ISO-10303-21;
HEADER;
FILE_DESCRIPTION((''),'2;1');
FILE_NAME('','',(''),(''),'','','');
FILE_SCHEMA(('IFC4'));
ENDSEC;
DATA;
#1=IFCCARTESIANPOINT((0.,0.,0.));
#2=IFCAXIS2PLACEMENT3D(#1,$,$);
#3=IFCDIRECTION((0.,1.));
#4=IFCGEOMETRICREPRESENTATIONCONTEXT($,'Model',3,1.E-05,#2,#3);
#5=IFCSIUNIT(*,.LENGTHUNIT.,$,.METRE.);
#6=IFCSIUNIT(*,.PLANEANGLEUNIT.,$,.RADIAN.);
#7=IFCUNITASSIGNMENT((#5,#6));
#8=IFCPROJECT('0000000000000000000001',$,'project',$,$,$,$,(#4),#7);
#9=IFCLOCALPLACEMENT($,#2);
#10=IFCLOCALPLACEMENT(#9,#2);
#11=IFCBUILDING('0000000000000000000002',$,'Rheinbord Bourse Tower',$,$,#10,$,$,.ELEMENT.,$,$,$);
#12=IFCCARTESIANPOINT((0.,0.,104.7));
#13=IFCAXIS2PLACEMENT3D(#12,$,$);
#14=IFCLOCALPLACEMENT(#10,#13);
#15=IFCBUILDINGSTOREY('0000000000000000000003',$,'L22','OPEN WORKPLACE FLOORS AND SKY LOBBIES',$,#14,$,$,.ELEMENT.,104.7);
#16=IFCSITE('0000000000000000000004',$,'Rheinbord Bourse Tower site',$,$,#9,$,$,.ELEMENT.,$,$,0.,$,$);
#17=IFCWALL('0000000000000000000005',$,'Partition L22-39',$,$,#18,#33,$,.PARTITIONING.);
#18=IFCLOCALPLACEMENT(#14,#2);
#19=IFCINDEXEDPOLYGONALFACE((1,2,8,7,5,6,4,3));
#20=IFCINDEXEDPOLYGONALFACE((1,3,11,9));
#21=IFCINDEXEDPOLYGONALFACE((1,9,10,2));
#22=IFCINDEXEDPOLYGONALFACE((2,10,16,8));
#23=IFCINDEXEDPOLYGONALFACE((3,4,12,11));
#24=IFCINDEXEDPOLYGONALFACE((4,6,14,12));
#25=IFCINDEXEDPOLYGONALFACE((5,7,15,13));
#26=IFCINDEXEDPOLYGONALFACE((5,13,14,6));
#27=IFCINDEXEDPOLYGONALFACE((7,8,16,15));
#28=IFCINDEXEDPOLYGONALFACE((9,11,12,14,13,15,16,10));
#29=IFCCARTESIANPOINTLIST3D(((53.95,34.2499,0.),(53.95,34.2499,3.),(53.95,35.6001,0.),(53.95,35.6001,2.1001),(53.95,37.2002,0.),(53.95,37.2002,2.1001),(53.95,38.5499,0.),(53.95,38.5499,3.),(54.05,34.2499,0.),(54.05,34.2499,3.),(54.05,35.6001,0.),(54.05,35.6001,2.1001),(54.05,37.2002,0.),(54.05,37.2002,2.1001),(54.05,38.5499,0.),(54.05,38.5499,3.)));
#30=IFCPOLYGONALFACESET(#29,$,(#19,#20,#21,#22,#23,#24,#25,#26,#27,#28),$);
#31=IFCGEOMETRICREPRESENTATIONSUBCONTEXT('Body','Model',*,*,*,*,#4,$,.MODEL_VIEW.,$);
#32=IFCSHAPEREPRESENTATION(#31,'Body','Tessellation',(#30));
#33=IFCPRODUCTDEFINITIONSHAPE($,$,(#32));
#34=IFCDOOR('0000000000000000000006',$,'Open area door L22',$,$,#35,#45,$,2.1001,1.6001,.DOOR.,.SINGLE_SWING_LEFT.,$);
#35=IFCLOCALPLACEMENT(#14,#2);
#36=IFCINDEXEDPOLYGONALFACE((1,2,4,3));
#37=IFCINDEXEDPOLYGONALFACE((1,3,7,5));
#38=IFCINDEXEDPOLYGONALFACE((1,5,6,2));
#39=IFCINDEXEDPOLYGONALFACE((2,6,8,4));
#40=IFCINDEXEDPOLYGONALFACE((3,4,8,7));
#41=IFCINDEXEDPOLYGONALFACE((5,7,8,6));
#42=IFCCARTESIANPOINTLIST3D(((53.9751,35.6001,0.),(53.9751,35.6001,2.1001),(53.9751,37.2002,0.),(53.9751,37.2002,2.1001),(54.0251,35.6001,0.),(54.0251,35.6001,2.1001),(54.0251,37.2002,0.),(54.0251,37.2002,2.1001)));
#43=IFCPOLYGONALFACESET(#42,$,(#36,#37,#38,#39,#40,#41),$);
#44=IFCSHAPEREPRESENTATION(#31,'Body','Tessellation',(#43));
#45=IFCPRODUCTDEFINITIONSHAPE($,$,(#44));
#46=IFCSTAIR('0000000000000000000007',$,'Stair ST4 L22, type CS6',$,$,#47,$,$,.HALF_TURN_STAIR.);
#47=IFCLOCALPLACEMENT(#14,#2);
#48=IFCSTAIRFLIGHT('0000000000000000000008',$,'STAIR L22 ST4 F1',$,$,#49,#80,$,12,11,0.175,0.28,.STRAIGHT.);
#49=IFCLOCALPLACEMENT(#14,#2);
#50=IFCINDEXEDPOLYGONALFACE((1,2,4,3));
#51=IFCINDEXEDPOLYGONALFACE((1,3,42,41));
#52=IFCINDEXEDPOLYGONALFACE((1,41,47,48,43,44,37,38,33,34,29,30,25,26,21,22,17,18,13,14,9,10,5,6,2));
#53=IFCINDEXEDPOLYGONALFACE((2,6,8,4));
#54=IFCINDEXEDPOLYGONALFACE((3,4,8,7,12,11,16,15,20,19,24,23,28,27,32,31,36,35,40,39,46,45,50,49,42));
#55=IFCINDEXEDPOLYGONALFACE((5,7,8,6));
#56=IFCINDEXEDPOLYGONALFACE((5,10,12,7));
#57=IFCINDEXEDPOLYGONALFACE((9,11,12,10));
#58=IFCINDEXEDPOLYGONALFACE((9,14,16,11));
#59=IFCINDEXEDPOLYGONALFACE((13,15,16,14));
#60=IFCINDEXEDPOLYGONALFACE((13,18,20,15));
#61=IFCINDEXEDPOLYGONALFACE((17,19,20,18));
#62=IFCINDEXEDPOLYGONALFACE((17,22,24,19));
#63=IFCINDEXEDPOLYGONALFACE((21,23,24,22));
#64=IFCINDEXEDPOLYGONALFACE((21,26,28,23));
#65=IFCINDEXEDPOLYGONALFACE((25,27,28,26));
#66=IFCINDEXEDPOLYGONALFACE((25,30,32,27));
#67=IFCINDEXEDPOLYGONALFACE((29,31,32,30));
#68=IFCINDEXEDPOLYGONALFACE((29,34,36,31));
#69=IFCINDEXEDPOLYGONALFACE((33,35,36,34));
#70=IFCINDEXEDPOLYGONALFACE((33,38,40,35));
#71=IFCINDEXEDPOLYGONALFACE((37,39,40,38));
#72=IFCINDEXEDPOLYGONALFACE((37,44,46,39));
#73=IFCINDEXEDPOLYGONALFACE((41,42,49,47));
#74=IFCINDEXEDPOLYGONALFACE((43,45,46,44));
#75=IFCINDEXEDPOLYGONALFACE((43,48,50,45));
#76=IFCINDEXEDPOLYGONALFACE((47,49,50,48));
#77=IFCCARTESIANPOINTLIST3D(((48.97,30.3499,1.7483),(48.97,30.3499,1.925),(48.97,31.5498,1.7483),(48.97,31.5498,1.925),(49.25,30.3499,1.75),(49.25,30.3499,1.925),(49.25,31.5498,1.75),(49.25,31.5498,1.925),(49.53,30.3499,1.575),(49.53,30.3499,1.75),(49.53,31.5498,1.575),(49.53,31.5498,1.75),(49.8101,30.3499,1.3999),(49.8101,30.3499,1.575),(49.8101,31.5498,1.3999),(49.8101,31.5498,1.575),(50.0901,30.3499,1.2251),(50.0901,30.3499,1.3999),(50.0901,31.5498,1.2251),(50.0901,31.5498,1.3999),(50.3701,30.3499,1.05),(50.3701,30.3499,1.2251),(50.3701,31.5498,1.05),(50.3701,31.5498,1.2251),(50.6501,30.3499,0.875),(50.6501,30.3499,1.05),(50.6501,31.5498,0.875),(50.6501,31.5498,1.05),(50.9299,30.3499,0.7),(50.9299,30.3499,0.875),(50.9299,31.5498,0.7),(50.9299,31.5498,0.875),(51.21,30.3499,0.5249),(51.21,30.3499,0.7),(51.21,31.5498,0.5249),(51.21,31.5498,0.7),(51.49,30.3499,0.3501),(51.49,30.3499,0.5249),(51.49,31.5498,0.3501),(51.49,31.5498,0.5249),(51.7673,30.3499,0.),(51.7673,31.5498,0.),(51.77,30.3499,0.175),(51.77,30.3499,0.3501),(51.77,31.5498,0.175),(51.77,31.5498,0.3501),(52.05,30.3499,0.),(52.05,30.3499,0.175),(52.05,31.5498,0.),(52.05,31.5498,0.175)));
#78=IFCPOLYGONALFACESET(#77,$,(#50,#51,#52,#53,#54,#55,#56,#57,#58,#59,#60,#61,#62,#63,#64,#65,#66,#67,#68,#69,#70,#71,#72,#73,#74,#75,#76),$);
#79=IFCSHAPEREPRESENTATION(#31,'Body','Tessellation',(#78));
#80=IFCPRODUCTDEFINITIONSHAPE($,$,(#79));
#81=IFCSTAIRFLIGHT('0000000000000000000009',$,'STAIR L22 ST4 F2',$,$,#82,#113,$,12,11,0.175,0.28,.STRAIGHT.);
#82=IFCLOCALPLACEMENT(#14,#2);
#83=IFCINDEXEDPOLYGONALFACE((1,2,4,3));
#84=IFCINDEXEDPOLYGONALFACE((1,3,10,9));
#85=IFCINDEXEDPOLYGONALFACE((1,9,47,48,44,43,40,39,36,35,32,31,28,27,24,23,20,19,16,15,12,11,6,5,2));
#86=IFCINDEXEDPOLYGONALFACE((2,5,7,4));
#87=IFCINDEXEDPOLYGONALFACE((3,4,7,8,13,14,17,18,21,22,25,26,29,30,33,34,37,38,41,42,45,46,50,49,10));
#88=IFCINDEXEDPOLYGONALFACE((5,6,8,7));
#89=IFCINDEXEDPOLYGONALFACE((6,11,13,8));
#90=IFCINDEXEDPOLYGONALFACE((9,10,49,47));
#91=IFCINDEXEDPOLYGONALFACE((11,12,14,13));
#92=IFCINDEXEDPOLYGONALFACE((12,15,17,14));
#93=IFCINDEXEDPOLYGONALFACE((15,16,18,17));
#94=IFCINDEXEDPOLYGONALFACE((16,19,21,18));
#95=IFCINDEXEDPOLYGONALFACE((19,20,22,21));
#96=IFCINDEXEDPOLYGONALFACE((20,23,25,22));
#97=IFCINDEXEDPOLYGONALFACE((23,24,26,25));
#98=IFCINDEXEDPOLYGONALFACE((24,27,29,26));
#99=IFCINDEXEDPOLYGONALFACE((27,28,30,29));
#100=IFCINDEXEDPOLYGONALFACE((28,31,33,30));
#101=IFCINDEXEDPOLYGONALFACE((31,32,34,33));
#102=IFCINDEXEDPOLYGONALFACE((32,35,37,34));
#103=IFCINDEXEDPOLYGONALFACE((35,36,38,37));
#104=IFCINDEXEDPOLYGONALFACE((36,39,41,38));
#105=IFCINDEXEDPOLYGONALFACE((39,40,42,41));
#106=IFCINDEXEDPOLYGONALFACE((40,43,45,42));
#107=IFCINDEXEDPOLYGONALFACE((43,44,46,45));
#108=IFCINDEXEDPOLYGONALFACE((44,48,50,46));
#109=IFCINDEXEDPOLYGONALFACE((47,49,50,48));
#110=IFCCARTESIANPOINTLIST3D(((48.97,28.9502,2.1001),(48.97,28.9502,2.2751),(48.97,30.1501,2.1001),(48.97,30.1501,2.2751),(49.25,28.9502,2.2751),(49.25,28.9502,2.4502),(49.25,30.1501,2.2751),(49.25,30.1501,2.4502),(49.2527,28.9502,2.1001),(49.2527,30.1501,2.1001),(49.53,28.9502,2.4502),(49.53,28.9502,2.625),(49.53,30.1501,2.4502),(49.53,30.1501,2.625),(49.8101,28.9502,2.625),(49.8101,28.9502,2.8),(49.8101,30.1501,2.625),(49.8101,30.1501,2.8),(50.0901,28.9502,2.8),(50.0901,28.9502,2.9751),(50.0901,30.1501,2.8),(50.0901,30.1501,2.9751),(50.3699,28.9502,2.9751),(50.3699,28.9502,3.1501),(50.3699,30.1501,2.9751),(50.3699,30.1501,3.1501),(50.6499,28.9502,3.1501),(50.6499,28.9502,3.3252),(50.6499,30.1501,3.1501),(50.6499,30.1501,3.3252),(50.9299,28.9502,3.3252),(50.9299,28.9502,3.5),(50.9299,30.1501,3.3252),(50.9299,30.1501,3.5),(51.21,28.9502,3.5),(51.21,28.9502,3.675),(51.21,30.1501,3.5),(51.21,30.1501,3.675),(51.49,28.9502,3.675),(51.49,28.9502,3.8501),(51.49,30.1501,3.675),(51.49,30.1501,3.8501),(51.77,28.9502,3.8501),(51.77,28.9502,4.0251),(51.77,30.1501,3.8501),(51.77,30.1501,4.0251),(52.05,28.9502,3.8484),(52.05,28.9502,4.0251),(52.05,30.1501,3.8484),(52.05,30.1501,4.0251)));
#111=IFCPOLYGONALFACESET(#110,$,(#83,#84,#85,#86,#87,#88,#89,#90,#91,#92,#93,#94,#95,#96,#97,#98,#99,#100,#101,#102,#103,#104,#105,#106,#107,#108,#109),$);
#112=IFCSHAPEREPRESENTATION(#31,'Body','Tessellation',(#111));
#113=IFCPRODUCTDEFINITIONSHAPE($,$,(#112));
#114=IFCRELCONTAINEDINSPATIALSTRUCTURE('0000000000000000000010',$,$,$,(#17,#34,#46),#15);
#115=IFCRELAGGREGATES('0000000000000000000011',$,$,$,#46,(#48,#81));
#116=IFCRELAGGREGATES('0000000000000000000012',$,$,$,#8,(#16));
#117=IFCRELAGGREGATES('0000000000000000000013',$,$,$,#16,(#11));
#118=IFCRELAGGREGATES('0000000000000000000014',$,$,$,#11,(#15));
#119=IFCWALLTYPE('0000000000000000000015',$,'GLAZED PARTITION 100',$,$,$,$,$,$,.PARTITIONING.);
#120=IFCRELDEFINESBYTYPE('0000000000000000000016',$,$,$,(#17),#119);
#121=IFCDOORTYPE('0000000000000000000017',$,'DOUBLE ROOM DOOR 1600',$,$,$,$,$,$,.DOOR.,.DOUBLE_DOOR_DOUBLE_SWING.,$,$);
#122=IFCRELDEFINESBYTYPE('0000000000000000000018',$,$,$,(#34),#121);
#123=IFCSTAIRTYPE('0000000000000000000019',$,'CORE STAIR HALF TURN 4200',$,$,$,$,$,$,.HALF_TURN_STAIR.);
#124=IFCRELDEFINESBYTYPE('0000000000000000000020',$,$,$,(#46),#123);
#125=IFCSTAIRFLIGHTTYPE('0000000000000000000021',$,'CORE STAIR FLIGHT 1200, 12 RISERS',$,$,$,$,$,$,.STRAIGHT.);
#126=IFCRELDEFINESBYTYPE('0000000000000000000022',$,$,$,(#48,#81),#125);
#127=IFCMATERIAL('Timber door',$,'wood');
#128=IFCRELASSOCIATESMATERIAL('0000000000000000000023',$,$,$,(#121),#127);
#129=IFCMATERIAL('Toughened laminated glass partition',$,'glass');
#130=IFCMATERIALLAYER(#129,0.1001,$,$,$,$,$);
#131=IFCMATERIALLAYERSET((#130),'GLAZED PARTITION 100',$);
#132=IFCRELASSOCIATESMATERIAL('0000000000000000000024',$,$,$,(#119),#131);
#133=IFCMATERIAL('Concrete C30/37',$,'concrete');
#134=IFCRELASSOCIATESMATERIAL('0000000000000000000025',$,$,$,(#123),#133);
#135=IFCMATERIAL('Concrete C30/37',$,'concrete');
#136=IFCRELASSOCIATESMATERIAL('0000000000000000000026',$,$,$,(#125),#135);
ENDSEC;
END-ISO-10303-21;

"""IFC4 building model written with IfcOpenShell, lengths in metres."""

from ifc_helpers import new_model, si_unit, direction, frame, frame_2d, origin, place, context, subcontext, project, spatial, polyline, rectangle, outline, extrude, material, layer, layer_set, type_object, element, fill, aggregate, save


model = new_model("IFC4")

# Units and contexts
model_context = context("Model", 3, precision=1e-05, world=origin(), true_north=direction((0.0, 1.0)))
body_context = subcontext(model_context, "Body", "Model", "MODEL_VIEW")
ifc_project = project(units=[si_unit("LENGTHUNIT", "METRE"), si_unit("PLANEANGLEUNIT", "RADIAN")], contexts=[model_context])

# Site, building, storey
site_placement = place(None, origin())
site = spatial("IfcSite", under=ifc_project, at=site_placement, Name="Rheinbord Bourse Tower site", CompositionType="ELEMENT", RefElevation=0.0)
building_placement = place(site_placement, origin())
building = spatial("IfcBuilding", under=site, at=building_placement, Name="Rheinbord Bourse Tower", CompositionType="ELEMENT")
storey_placement = place(building_placement, frame((0.0, 0.0, 104.7)))
storey = spatial("IfcBuildingStorey", under=building, at=storey_placement, Name="L22", Description="OPEN WORKPLACE FLOORS AND SKY LOBBIES", CompositionType="ELEMENT", Elevation=104.7)

# Shared definitions
ifc_material_1 = material(Name="Timber door", Category="wood")
door_type = type_object("IfcDoorType", Name="DOUBLE ROOM DOOR 1600", OperationType="DOUBLE_DOOR_DOUBLE_SWING", PredefinedType="DOOR", material=ifc_material_1)

# Shared definitions
ifc_material_2 = material(Name="Toughened laminated glass partition", Category="glass")
ifc_layer_1 = layer(ifc_material_2, 0.1001)
ifc_layer_set_1 = layer_set([ifc_layer_1], Name="GLAZED PARTITION 100")
wall_type_1 = type_object("IfcWallType", Name="GLAZED PARTITION 100", PredefinedType="PARTITIONING", material=ifc_layer_set_1)

# Wall, opening, door
wall_1_placement = place(storey_placement, frame((54.0, 34.25, 0.0), z_axis=(0.0, 0.0, 1.0), x_axis=(0.0, 1.0, 0.0)))
wall_1 = element("IfcWall", 1, at=wall_1_placement, inside=storey, type_object=wall_type_1, Name="Partition L22-39", PredefinedType="PARTITIONING", context=body_context, shape_type="SweptSolid", body=[
    extrude(rectangle(XDim=4.3, YDim=0.1001, at=frame_2d((2.1499, 0.0))), origin(), (0.0, 0.0, 1.0), 3.0),
])
opening_1_placement = place(wall_1_placement, frame((1.3501, 0.0, 0.0)))
opening_1 = element("IfcOpeningElement", 2, at=opening_1_placement, cuts=wall_1, PredefinedType="OPENING", context=body_context, shape_type="SweptSolid", body=[
    extrude(rectangle(XDim=1.6001, YDim=2.1001, at=frame_2d((0.8, 1.05))), frame((0.0, 0.0601, 0.0), z_axis=(0.0, -1.0, 0.0), x_axis=(1.0, 0.0, 0.0)), (0.0, 0.0, 1.0), 0.1201),
])
door_1_placement = place(opening_1_placement, origin())
door_1 = element("IfcDoor", 3, at=door_1_placement, inside=storey, type_object=door_type, Name="Open area door L22", OperationType="SINGLE_SWING_LEFT", OverallHeight=2.1001, OverallWidth=1.6001, PredefinedType="DOOR", context=body_context, shape_type="SweptSolid", body=[
    extrude(rectangle(XDim=1.6001, YDim=2.1001, at=frame_2d((0.8, 1.05))), frame((0.0, 0.0249, 0.0), z_axis=(0.0, -1.0, 0.0), x_axis=(1.0, 0.0, 0.0)), (0.0, 0.0, 1.0), 0.05),
])
fill(opening_1, door_1)

# Stair, stair flights
ifc_material_3 = material(Name="Concrete C30/37", Category="concrete")
stair_type = type_object("IfcStairType", Name="CORE STAIR HALF TURN 4200", PredefinedType="HALF_TURN_STAIR", material=ifc_material_3)
stair_placement = place(storey_placement, origin())
stair = element("IfcStair", 4, at=stair_placement, inside=storey, type_object=stair_type, Name="Stair ST4 L22, type CS6", PredefinedType="HALF_TURN_STAIR")
ifc_material_4 = material(Name="Concrete C30/37", Category="concrete")
stair_flight_type = type_object("IfcStairFlightType", Name="CORE STAIR FLIGHT 1200, 12 RISERS", PredefinedType="STRAIGHT", material=ifc_material_4)
stair_flight_1_placement = place(storey_placement, frame((52.05, 30.95, 0.0), z_axis=(0.0, 0.0, 1.0), x_axis=(-1.0, 0.0, 0.0)))
stair_flight_1 = element("IfcStairFlight", 5, at=stair_flight_1_placement, type_object=stair_flight_type, Name="STAIR L22 ST4 F1", NumberOfRisers=12, NumberOfTreads=11, PredefinedType="STRAIGHT", RiserHeight=0.175, TreadLength=0.28, context=body_context, shape_type="SweptSolid", body=[
    extrude(outline(polyline([(0.0, 0.0), (0.0, 0.175), (0.28, 0.175), (0.28, 0.3501), (0.5601, 0.3501), (0.5601, 0.5249), (0.8401, 0.5249), (0.8401, 0.7), (1.1201, 0.7), (1.1201, 0.875), (1.3999, 0.875), (1.3999, 1.05), (1.6799, 1.05), (1.6799, 1.2251), (1.96, 1.2251), (1.96, 1.3999), (2.24, 1.3999), (2.24, 1.575), (2.52, 1.575), (2.52, 1.75), (2.8, 1.75), (2.8, 1.925), (3.0801, 1.925), (3.0801, 2.1001), (3.0801, 1.7483), (0.2827, 0.0), (0.0, 0.0)])), frame((0.0, 0.6001, 0.0), z_axis=(0.0, -1.0, 0.0), x_axis=(1.0, 0.0, 0.0)), (0.0, 0.0, 1.0), 1.2),
])
stair_flight_2_placement = place(storey_placement, frame((48.97, 29.55, 2.1001), z_axis=(0.0, 0.0, 1.0), x_axis=(1.0, 0.0, 0.0)))
stair_flight_2 = element("IfcStairFlight", 6, at=stair_flight_2_placement, type_object=stair_flight_type, Name="STAIR L22 ST4 F2", NumberOfRisers=12, NumberOfTreads=11, PredefinedType="STRAIGHT", RiserHeight=0.175, TreadLength=0.28, context=body_context, shape_type="SweptSolid", body=[
    extrude(outline(polyline([(0.0, 0.0), (0.0, 0.175), (0.28, 0.175), (0.28, 0.3501), (0.5601, 0.3501), (0.5601, 0.5249), (0.8401, 0.5249), (0.8401, 0.7), (1.1201, 0.7), (1.1201, 0.875), (1.3999, 0.875), (1.3999, 1.05), (1.6799, 1.05), (1.6799, 1.2251), (1.96, 1.2251), (1.96, 1.3999), (2.24, 1.3999), (2.24, 1.575), (2.52, 1.575), (2.52, 1.75), (2.8, 1.75), (2.8, 1.925), (3.0801, 1.925), (3.0801, 2.1001), (3.0801, 1.7483), (0.2827, 0.0), (0.0, 0.0)])), frame((0.0, 0.6001, 0.0), z_axis=(0.0, -1.0, 0.0), x_axis=(1.0, 0.0, 0.0)), (0.0, 0.0, 1.0), 1.2),
])
aggregate(stair, [stair_flight_1, stair_flight_2])

save(model, "model.ifc")
